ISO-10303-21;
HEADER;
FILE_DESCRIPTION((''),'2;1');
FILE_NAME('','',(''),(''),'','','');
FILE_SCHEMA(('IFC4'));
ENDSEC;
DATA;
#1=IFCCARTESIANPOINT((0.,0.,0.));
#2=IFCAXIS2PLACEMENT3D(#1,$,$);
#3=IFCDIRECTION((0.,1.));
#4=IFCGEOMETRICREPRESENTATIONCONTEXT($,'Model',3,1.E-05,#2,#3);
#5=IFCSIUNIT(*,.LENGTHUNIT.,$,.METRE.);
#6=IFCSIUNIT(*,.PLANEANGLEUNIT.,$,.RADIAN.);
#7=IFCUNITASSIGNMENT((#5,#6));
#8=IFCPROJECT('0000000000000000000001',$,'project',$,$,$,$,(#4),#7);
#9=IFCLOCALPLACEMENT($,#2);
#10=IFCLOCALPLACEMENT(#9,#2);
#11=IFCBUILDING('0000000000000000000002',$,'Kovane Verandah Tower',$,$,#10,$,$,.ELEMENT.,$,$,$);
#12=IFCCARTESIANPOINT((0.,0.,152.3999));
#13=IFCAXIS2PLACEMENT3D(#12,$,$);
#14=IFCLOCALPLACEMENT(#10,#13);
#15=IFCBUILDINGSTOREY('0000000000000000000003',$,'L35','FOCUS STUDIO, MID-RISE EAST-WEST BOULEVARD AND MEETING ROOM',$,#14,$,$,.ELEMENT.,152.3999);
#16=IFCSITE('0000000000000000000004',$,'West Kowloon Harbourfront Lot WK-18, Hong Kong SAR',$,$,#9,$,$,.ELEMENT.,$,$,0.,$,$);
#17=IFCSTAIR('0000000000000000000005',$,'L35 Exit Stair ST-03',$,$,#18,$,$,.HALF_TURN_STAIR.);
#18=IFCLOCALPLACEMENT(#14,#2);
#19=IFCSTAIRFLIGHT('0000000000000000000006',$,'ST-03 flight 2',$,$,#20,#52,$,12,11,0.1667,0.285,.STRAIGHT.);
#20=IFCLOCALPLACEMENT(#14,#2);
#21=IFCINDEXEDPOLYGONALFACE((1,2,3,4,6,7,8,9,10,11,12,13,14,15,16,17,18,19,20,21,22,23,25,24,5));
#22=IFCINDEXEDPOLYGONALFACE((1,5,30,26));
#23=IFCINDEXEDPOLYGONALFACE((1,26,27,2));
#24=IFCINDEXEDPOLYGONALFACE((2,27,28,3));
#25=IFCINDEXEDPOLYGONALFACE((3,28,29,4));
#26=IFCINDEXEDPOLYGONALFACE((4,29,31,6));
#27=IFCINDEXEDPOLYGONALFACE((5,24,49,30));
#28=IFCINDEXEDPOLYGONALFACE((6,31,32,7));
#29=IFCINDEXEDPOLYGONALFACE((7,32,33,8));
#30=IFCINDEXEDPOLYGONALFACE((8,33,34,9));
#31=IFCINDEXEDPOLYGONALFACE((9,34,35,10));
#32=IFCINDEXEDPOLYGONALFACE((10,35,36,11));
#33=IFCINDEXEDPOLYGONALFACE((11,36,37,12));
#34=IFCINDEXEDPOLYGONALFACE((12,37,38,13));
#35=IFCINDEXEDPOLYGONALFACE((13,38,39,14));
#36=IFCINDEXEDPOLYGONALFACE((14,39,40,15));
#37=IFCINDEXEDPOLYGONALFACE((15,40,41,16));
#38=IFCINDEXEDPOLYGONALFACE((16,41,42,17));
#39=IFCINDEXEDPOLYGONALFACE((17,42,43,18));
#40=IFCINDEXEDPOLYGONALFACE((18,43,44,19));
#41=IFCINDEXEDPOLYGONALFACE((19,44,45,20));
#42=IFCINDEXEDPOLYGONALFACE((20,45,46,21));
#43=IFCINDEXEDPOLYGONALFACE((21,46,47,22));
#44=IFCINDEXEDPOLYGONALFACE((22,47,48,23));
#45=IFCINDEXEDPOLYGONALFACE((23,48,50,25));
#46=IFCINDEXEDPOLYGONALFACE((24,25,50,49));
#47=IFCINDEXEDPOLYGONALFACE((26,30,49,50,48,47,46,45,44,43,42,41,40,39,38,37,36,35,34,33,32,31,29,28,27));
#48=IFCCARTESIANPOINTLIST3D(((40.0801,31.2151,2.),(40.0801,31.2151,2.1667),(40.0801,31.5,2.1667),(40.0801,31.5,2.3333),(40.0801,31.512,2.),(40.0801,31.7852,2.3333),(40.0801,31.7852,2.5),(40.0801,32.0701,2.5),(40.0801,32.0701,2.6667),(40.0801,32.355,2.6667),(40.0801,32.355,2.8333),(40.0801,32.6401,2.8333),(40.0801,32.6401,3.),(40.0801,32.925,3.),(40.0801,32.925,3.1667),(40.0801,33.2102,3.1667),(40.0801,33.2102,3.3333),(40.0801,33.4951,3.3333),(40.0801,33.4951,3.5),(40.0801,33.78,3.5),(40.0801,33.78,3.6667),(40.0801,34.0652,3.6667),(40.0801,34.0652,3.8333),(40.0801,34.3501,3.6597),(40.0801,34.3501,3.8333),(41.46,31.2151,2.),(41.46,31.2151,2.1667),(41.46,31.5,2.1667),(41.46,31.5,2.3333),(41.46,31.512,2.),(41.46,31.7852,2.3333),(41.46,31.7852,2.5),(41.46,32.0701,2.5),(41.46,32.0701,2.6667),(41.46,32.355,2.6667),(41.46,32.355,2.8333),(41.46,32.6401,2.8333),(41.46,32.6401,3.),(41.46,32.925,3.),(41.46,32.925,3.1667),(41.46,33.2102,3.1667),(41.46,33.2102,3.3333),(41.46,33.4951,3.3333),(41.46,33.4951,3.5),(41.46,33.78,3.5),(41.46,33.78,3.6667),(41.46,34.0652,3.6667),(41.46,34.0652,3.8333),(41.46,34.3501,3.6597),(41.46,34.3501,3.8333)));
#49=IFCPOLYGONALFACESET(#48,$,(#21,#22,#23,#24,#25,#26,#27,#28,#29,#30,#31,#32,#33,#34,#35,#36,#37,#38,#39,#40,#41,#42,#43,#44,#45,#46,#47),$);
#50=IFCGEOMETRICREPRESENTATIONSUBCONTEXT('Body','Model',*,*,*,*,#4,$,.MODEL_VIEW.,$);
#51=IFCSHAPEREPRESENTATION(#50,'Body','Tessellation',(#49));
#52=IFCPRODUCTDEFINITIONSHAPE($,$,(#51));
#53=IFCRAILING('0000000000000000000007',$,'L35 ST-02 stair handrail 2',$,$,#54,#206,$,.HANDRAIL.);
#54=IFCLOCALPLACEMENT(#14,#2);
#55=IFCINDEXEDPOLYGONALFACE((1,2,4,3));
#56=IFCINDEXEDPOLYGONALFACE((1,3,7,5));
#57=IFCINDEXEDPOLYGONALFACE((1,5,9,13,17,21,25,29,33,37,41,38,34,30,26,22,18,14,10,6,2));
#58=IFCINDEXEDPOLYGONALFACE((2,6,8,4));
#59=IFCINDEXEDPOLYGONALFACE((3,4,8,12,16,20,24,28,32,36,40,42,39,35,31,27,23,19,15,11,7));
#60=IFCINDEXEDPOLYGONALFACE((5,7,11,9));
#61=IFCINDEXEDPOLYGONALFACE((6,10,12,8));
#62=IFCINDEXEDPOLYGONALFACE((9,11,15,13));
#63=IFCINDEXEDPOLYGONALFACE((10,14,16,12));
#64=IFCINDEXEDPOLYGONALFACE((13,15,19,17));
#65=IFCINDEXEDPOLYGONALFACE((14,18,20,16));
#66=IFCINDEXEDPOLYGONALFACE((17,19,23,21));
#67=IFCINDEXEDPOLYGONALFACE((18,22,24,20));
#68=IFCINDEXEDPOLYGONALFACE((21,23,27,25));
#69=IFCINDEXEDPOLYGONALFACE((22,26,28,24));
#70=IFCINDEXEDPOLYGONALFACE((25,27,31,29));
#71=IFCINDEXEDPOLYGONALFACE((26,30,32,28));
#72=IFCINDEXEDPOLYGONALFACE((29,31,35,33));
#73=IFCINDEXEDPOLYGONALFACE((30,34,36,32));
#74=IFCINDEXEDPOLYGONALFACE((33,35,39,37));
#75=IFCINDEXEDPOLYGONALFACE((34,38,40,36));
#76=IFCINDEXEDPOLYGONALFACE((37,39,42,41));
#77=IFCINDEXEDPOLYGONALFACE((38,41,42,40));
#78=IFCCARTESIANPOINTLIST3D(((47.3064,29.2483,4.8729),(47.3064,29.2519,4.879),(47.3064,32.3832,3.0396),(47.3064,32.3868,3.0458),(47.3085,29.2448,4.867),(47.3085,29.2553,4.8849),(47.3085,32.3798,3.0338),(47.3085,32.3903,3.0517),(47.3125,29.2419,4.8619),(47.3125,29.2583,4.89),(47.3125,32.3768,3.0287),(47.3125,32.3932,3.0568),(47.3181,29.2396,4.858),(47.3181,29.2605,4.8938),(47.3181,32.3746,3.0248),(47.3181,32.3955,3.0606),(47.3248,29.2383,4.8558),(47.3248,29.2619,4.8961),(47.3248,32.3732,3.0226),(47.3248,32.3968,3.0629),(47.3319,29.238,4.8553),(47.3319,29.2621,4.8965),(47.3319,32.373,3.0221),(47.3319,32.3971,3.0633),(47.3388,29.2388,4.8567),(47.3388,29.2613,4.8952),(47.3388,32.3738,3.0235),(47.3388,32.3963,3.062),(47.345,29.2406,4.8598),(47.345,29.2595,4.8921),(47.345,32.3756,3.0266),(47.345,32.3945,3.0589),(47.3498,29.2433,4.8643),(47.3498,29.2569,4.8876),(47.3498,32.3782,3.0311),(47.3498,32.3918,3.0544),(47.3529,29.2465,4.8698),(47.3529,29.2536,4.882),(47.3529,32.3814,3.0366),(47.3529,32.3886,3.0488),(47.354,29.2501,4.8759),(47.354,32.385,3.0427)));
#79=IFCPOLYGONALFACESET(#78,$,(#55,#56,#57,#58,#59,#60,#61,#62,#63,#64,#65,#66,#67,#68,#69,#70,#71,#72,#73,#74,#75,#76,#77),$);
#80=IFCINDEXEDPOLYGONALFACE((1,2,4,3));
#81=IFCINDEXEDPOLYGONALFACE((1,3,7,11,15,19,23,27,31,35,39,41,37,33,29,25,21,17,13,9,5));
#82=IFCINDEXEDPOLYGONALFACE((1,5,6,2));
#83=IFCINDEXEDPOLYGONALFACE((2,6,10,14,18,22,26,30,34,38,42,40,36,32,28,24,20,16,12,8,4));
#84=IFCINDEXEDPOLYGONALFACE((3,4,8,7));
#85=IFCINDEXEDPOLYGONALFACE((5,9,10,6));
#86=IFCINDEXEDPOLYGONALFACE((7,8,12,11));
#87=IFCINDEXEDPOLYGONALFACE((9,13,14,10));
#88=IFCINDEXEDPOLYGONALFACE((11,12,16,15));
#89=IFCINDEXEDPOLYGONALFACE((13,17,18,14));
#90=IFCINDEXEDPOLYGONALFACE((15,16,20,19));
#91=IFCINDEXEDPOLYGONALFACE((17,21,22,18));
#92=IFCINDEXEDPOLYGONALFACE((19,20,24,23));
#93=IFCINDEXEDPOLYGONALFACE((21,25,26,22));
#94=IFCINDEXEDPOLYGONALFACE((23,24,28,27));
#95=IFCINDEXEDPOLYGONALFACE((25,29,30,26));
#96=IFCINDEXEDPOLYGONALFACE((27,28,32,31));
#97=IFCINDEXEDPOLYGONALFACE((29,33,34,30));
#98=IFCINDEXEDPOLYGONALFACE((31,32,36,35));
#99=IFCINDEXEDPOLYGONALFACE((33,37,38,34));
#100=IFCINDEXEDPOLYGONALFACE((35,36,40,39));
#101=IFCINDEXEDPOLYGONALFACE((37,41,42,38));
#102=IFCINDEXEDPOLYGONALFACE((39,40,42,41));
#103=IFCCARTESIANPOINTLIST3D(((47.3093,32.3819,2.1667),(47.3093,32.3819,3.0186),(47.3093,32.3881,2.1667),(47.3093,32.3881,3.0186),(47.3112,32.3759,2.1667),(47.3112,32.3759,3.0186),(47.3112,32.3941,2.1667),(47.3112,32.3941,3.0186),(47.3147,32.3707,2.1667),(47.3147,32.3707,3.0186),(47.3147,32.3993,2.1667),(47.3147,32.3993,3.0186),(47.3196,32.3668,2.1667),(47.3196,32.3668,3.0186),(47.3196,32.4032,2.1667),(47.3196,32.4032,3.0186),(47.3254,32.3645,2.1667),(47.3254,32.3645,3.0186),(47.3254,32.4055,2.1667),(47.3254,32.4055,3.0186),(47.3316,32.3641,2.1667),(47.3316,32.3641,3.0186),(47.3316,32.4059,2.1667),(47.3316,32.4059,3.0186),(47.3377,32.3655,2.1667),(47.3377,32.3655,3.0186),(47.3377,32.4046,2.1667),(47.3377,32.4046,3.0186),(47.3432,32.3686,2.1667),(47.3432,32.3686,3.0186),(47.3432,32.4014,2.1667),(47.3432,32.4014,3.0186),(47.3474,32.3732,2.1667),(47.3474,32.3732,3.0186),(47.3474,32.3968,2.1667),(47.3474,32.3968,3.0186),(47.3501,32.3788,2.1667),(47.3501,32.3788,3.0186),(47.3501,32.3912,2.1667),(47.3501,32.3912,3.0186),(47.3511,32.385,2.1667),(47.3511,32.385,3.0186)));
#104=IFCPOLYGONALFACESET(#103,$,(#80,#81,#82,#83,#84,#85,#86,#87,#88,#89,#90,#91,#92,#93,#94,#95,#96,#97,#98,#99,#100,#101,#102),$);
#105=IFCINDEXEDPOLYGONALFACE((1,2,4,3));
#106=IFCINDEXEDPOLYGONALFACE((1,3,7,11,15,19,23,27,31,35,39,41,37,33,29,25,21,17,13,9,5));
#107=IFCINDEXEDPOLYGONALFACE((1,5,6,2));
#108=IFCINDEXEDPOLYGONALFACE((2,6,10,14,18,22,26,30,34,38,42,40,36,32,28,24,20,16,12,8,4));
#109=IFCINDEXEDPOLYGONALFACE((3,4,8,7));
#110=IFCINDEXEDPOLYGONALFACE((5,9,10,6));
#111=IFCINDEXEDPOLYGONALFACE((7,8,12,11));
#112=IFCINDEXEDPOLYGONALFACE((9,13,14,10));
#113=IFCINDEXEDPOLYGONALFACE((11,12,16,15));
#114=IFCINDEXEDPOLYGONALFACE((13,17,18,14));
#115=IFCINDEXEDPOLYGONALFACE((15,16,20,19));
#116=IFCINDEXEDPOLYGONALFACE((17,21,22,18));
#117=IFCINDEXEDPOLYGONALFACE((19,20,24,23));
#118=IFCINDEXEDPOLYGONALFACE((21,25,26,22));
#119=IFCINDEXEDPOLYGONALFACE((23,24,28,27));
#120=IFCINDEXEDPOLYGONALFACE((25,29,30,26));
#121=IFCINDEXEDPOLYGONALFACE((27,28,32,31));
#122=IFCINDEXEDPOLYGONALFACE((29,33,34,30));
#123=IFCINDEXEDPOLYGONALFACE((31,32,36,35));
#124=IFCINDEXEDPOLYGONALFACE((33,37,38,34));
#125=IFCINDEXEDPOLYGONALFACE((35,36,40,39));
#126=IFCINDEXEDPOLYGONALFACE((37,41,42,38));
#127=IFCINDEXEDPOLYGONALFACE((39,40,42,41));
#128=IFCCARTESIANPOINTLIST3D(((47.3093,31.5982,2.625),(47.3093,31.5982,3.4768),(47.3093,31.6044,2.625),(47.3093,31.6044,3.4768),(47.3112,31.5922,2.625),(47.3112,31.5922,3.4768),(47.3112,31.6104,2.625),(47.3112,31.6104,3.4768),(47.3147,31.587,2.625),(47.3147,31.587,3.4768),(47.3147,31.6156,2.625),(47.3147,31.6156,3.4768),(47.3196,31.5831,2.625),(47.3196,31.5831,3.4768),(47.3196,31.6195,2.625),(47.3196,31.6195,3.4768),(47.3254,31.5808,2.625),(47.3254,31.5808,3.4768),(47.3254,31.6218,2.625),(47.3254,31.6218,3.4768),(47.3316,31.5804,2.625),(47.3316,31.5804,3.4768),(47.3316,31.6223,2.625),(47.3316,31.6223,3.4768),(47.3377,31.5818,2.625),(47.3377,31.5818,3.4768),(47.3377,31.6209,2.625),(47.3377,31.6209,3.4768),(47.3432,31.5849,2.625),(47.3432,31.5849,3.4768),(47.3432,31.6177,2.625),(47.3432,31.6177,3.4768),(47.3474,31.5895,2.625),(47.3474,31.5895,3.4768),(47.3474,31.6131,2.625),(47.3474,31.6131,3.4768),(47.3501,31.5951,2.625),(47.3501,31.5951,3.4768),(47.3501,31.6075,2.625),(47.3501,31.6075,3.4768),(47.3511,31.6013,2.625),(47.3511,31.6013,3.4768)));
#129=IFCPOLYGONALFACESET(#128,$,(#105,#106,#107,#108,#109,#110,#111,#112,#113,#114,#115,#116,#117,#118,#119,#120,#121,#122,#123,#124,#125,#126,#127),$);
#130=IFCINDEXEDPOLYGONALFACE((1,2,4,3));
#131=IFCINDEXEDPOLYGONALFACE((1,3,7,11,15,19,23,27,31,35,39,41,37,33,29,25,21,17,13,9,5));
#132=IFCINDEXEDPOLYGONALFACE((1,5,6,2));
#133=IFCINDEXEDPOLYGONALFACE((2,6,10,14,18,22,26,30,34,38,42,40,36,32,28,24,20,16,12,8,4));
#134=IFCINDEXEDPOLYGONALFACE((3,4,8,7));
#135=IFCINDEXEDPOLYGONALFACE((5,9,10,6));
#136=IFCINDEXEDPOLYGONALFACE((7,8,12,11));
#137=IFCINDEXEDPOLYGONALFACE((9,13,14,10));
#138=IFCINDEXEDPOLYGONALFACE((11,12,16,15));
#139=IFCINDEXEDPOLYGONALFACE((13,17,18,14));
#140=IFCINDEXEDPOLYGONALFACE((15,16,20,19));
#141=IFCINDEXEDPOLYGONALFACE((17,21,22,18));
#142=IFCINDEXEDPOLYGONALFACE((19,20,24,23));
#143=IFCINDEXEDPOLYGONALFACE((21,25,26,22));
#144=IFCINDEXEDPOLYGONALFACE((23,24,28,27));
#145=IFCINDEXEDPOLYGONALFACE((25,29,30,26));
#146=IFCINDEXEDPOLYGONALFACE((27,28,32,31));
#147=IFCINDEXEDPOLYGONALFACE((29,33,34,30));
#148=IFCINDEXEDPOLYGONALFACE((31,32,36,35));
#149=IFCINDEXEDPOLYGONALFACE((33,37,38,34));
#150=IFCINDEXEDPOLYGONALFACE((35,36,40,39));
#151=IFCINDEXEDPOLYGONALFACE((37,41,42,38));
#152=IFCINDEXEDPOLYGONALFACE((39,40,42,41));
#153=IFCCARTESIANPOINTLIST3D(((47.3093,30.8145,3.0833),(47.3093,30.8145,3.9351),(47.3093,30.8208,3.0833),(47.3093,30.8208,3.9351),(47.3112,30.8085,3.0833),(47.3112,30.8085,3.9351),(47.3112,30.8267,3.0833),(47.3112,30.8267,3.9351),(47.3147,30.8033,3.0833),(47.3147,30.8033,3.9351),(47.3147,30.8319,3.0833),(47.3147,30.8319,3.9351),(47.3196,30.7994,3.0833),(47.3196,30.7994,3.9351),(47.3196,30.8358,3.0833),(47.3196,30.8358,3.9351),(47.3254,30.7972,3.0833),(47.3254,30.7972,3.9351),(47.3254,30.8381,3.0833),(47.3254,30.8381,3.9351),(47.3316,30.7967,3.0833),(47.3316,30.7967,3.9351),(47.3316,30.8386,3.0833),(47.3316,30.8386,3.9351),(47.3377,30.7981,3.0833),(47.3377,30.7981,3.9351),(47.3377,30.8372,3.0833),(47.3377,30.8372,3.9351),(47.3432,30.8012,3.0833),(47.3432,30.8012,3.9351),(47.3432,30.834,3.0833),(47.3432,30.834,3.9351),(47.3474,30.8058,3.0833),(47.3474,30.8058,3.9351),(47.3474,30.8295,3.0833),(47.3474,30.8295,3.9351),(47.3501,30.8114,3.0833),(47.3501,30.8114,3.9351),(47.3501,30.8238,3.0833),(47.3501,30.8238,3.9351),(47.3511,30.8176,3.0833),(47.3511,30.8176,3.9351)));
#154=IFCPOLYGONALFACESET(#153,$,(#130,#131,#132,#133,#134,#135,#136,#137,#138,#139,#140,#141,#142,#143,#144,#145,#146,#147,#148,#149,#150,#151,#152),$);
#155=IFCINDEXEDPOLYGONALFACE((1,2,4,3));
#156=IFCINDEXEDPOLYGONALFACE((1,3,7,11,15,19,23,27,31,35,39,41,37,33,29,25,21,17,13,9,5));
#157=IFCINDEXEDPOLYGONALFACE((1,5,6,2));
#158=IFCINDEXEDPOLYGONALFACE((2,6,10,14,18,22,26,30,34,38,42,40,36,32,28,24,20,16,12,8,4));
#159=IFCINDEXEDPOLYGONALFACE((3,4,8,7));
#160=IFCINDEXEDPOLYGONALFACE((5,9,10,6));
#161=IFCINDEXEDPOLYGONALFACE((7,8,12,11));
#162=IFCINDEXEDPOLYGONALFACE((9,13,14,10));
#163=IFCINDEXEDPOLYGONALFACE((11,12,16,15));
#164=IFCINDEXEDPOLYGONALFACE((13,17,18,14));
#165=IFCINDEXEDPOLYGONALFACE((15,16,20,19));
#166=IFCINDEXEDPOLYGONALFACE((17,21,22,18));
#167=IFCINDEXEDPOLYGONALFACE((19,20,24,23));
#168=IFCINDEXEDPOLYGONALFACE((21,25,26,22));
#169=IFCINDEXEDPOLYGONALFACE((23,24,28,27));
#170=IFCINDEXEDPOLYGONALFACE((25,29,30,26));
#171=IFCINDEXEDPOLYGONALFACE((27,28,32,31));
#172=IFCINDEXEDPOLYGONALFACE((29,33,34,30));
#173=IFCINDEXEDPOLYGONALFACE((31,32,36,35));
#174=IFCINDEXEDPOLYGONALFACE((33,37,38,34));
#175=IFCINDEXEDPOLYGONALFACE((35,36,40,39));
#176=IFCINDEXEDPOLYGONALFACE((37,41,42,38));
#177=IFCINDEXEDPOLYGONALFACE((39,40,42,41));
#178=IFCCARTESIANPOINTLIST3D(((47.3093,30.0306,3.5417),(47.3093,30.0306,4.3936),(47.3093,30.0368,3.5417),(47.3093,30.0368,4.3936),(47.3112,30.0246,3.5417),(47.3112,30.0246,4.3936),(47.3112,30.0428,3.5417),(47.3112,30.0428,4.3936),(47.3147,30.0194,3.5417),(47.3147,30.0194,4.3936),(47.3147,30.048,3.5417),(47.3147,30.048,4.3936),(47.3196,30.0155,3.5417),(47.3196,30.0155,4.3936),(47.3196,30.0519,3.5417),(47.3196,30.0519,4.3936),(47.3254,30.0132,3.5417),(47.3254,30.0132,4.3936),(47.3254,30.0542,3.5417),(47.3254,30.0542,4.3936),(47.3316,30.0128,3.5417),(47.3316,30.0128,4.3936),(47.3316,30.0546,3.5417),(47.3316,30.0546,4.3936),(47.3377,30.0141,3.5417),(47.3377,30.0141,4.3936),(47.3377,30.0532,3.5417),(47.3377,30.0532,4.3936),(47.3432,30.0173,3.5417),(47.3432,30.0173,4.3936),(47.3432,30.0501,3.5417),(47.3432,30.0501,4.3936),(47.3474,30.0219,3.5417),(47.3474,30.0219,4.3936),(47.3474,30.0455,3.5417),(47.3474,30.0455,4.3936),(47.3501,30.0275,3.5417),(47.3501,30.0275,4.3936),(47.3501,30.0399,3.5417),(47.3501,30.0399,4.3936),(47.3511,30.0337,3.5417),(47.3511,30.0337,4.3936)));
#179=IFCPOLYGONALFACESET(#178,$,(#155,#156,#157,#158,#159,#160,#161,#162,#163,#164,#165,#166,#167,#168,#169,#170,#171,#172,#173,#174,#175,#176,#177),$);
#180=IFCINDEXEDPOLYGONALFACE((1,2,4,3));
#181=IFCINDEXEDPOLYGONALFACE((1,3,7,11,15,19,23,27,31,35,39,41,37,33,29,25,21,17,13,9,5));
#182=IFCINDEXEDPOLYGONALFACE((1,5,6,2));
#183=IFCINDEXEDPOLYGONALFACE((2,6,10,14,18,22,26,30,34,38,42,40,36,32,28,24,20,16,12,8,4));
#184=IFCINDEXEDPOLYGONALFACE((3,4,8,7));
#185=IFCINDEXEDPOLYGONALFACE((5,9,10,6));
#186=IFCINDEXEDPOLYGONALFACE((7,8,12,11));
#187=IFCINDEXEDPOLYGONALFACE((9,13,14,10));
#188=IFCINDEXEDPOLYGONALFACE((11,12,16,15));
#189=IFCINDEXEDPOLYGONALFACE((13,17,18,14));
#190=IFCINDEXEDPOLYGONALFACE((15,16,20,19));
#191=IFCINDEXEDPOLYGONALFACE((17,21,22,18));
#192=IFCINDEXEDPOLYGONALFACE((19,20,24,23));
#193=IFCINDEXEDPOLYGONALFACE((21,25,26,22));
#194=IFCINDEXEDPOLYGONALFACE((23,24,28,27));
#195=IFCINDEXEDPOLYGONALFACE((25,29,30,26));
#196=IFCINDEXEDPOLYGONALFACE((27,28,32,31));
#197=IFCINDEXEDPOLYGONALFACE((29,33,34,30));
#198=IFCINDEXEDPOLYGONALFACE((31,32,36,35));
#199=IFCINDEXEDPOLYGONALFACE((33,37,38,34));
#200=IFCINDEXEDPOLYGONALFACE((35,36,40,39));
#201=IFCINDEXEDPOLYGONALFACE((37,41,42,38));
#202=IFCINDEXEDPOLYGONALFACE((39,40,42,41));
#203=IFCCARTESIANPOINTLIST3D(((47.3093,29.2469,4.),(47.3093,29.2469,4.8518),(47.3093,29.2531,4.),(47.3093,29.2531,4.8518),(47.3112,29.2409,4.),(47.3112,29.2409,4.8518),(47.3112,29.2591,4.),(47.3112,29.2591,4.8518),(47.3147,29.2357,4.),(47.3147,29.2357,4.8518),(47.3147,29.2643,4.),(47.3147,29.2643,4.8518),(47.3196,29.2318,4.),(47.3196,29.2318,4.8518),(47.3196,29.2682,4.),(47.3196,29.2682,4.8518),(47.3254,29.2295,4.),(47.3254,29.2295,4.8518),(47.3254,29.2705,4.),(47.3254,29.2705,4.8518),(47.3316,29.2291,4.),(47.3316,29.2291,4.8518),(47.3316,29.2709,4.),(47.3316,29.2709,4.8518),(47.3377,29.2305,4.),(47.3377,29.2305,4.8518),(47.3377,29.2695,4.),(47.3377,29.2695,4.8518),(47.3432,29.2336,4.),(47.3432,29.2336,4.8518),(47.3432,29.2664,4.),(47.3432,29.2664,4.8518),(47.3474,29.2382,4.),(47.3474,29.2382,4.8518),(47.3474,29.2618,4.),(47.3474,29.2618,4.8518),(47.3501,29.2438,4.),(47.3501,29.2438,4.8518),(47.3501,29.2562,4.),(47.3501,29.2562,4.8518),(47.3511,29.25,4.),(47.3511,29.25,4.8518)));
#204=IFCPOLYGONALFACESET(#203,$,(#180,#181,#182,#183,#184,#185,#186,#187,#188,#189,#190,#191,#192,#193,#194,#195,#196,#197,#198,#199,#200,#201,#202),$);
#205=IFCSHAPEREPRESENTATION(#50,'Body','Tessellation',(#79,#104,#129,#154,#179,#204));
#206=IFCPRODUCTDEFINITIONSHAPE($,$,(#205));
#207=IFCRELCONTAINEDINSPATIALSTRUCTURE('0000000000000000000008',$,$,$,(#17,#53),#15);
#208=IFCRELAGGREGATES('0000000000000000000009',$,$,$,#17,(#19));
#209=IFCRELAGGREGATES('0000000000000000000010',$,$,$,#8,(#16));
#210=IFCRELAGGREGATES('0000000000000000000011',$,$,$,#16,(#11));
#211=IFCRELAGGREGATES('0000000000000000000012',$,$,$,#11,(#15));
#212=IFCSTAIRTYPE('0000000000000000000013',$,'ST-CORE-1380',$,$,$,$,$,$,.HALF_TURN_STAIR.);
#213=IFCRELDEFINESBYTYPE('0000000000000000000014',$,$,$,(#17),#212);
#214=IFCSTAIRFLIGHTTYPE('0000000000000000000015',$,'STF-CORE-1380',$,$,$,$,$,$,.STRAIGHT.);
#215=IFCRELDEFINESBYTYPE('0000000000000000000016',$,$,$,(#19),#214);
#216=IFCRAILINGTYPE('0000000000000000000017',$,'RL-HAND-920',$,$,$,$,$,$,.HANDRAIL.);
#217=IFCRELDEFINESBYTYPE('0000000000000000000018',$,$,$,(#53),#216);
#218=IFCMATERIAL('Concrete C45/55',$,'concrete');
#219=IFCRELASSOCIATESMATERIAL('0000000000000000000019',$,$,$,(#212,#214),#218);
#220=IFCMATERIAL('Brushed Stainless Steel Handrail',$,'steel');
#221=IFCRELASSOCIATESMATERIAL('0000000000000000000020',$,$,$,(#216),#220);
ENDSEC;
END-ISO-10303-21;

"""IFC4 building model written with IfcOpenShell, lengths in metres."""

from ifc_helpers import new_model, si_unit, direction, frame, origin, origin_2d, place, context, subcontext, project, spatial, polyline, circle, outline, extrude, material, type_object, element, aggregate, save


model = new_model("IFC4")

# Units and contexts
model_context = context("Model", 3, precision=1e-05, world=origin(), true_north=direction((0.0, 1.0)))
body_context = subcontext(model_context, "Body", "Model", "MODEL_VIEW")
ifc_project = project(units=[si_unit("LENGTHUNIT", "METRE"), si_unit("PLANEANGLEUNIT", "RADIAN")], contexts=[model_context])

# Site, building, storey
site_placement = place(None, origin())
site = spatial("IfcSite", under=ifc_project, at=site_placement, Name="West Kowloon Harbourfront Lot WK-18, Hong Kong SAR", CompositionType="ELEMENT", RefElevation=0.0)
building_placement = place(site_placement, origin())
building = spatial("IfcBuilding", under=site, at=building_placement, Name="Kovane Verandah Tower", CompositionType="ELEMENT")
storey_placement = place(building_placement, frame((0.0, 0.0, 152.3999)))
storey = spatial("IfcBuildingStorey", under=building, at=storey_placement, Name="L35", Description="FOCUS STUDIO, MID-RISE EAST-WEST BOULEVARD AND MEETING ROOM", CompositionType="ELEMENT", Elevation=152.3999)

# Shared definitions
ifc_material_1 = material(Name="Concrete C45/55", Category="concrete")

# Stair, stair flight
stair_type = type_object("IfcStairType", Name="ST-CORE-1380", PredefinedType="HALF_TURN_STAIR", material=ifc_material_1)
stair_flight_type = type_object("IfcStairFlightType", Name="STF-CORE-1380", PredefinedType="STRAIGHT", material=ifc_material_1)
stair_1_placement = place(storey_placement, origin())
stair_1 = element("IfcStair", 1, at=stair_1_placement, inside=storey, type_object=stair_type, Name="L35 Exit Stair ST-03", PredefinedType="HALF_TURN_STAIR")
stair_flight_1_placement = place(storey_placement, frame((40.77, 31.2151, 2.0), z_axis=(0.0, 0.0, 1.0), x_axis=(0.0, 1.0, 0.0)))
stair_flight_1 = element("IfcStairFlight", 2, at=stair_flight_1_placement, type_object=stair_flight_type, Name="ST-03 flight 2", NumberOfRisers=12, NumberOfTreads=11, PredefinedType="STRAIGHT", RiserHeight=0.1667, TreadLength=0.285, context=body_context, shape_type="SweptSolid", body=[
    extrude(outline(polyline([(0.0, 0.0), (0.0, 0.1667), (0.2849, 0.1667), (0.2849, 0.3333), (0.5701, 0.3333), (0.5701, 0.5), (0.855, 0.5), (0.855, 0.6667), (1.1399, 0.6667), (1.1399, 0.8333), (1.425, 0.8333), (1.425, 1.0), (1.71, 1.0), (1.71, 1.1667), (1.9951, 1.1667), (1.9951, 1.3333), (2.28, 1.3333), (2.28, 1.5), (2.5649, 1.5), (2.5649, 1.6667), (2.8501, 1.6667), (2.8501, 1.8333), (3.135, 1.8333), (3.135, 2.0), (3.135, 1.6597), (0.2969, 0.0), (0.0, 0.0)])), frame((0.0, 0.6899, 0.0), z_axis=(0.0, -1.0, 0.0), x_axis=(1.0, 0.0, 0.0)), (0.0, 0.0, 1.0), 1.3799),
])
aggregate(stair_1, [stair_flight_1])

# Railing
ifc_material_2 = material(Name="Brushed Stainless Steel Handrail", Category="steel")
railing_type_1 = type_object("IfcRailingType", Name="RL-HAND-920", PredefinedType="HANDRAIL", material=ifc_material_2)
railing_1_placement = place(storey_placement, frame((47.3301, 32.385, 2.1667)))
element("IfcRailing", 3, at=railing_1_placement, inside=storey, type_object=railing_type_1, Name="L35 ST-02 stair handrail 2", PredefinedType="HANDRAIL", context=body_context, shape_type="SweptSolid", body=[
    extrude(circle(Radius=0.0239, at=origin_2d()), frame((0.0, 0.0, 0.876), z_axis=(0.0, -0.86324, 0.504794), x_axis=(1.0, 0.0, 0.0)), (0.0, 0.0, 1.0), 3.6316),
    extrude(circle(Radius=0.021, at=origin_2d()), origin(), (0.0, 0.0, 1.0), 0.8518),
    extrude(circle(Radius=0.021, at=origin_2d()), frame((0.0, -0.7837, 0.4583)), (0.0, 0.0, 1.0), 0.8518),
    extrude(circle(Radius=0.021, at=origin_2d()), frame((0.0, -1.5674, 0.9165)), (0.0, 0.0, 1.0), 0.8518),
    extrude(circle(Radius=0.021, at=origin_2d()), frame((0.0, -2.3513, 1.375)), (0.0, 0.0, 1.0), 0.8518),
    extrude(circle(Radius=0.021, at=origin_2d()), frame((0.0, -3.135, 1.8333)), (0.0, 0.0, 1.0), 0.8518),
])

save(model, "model.ifc")
